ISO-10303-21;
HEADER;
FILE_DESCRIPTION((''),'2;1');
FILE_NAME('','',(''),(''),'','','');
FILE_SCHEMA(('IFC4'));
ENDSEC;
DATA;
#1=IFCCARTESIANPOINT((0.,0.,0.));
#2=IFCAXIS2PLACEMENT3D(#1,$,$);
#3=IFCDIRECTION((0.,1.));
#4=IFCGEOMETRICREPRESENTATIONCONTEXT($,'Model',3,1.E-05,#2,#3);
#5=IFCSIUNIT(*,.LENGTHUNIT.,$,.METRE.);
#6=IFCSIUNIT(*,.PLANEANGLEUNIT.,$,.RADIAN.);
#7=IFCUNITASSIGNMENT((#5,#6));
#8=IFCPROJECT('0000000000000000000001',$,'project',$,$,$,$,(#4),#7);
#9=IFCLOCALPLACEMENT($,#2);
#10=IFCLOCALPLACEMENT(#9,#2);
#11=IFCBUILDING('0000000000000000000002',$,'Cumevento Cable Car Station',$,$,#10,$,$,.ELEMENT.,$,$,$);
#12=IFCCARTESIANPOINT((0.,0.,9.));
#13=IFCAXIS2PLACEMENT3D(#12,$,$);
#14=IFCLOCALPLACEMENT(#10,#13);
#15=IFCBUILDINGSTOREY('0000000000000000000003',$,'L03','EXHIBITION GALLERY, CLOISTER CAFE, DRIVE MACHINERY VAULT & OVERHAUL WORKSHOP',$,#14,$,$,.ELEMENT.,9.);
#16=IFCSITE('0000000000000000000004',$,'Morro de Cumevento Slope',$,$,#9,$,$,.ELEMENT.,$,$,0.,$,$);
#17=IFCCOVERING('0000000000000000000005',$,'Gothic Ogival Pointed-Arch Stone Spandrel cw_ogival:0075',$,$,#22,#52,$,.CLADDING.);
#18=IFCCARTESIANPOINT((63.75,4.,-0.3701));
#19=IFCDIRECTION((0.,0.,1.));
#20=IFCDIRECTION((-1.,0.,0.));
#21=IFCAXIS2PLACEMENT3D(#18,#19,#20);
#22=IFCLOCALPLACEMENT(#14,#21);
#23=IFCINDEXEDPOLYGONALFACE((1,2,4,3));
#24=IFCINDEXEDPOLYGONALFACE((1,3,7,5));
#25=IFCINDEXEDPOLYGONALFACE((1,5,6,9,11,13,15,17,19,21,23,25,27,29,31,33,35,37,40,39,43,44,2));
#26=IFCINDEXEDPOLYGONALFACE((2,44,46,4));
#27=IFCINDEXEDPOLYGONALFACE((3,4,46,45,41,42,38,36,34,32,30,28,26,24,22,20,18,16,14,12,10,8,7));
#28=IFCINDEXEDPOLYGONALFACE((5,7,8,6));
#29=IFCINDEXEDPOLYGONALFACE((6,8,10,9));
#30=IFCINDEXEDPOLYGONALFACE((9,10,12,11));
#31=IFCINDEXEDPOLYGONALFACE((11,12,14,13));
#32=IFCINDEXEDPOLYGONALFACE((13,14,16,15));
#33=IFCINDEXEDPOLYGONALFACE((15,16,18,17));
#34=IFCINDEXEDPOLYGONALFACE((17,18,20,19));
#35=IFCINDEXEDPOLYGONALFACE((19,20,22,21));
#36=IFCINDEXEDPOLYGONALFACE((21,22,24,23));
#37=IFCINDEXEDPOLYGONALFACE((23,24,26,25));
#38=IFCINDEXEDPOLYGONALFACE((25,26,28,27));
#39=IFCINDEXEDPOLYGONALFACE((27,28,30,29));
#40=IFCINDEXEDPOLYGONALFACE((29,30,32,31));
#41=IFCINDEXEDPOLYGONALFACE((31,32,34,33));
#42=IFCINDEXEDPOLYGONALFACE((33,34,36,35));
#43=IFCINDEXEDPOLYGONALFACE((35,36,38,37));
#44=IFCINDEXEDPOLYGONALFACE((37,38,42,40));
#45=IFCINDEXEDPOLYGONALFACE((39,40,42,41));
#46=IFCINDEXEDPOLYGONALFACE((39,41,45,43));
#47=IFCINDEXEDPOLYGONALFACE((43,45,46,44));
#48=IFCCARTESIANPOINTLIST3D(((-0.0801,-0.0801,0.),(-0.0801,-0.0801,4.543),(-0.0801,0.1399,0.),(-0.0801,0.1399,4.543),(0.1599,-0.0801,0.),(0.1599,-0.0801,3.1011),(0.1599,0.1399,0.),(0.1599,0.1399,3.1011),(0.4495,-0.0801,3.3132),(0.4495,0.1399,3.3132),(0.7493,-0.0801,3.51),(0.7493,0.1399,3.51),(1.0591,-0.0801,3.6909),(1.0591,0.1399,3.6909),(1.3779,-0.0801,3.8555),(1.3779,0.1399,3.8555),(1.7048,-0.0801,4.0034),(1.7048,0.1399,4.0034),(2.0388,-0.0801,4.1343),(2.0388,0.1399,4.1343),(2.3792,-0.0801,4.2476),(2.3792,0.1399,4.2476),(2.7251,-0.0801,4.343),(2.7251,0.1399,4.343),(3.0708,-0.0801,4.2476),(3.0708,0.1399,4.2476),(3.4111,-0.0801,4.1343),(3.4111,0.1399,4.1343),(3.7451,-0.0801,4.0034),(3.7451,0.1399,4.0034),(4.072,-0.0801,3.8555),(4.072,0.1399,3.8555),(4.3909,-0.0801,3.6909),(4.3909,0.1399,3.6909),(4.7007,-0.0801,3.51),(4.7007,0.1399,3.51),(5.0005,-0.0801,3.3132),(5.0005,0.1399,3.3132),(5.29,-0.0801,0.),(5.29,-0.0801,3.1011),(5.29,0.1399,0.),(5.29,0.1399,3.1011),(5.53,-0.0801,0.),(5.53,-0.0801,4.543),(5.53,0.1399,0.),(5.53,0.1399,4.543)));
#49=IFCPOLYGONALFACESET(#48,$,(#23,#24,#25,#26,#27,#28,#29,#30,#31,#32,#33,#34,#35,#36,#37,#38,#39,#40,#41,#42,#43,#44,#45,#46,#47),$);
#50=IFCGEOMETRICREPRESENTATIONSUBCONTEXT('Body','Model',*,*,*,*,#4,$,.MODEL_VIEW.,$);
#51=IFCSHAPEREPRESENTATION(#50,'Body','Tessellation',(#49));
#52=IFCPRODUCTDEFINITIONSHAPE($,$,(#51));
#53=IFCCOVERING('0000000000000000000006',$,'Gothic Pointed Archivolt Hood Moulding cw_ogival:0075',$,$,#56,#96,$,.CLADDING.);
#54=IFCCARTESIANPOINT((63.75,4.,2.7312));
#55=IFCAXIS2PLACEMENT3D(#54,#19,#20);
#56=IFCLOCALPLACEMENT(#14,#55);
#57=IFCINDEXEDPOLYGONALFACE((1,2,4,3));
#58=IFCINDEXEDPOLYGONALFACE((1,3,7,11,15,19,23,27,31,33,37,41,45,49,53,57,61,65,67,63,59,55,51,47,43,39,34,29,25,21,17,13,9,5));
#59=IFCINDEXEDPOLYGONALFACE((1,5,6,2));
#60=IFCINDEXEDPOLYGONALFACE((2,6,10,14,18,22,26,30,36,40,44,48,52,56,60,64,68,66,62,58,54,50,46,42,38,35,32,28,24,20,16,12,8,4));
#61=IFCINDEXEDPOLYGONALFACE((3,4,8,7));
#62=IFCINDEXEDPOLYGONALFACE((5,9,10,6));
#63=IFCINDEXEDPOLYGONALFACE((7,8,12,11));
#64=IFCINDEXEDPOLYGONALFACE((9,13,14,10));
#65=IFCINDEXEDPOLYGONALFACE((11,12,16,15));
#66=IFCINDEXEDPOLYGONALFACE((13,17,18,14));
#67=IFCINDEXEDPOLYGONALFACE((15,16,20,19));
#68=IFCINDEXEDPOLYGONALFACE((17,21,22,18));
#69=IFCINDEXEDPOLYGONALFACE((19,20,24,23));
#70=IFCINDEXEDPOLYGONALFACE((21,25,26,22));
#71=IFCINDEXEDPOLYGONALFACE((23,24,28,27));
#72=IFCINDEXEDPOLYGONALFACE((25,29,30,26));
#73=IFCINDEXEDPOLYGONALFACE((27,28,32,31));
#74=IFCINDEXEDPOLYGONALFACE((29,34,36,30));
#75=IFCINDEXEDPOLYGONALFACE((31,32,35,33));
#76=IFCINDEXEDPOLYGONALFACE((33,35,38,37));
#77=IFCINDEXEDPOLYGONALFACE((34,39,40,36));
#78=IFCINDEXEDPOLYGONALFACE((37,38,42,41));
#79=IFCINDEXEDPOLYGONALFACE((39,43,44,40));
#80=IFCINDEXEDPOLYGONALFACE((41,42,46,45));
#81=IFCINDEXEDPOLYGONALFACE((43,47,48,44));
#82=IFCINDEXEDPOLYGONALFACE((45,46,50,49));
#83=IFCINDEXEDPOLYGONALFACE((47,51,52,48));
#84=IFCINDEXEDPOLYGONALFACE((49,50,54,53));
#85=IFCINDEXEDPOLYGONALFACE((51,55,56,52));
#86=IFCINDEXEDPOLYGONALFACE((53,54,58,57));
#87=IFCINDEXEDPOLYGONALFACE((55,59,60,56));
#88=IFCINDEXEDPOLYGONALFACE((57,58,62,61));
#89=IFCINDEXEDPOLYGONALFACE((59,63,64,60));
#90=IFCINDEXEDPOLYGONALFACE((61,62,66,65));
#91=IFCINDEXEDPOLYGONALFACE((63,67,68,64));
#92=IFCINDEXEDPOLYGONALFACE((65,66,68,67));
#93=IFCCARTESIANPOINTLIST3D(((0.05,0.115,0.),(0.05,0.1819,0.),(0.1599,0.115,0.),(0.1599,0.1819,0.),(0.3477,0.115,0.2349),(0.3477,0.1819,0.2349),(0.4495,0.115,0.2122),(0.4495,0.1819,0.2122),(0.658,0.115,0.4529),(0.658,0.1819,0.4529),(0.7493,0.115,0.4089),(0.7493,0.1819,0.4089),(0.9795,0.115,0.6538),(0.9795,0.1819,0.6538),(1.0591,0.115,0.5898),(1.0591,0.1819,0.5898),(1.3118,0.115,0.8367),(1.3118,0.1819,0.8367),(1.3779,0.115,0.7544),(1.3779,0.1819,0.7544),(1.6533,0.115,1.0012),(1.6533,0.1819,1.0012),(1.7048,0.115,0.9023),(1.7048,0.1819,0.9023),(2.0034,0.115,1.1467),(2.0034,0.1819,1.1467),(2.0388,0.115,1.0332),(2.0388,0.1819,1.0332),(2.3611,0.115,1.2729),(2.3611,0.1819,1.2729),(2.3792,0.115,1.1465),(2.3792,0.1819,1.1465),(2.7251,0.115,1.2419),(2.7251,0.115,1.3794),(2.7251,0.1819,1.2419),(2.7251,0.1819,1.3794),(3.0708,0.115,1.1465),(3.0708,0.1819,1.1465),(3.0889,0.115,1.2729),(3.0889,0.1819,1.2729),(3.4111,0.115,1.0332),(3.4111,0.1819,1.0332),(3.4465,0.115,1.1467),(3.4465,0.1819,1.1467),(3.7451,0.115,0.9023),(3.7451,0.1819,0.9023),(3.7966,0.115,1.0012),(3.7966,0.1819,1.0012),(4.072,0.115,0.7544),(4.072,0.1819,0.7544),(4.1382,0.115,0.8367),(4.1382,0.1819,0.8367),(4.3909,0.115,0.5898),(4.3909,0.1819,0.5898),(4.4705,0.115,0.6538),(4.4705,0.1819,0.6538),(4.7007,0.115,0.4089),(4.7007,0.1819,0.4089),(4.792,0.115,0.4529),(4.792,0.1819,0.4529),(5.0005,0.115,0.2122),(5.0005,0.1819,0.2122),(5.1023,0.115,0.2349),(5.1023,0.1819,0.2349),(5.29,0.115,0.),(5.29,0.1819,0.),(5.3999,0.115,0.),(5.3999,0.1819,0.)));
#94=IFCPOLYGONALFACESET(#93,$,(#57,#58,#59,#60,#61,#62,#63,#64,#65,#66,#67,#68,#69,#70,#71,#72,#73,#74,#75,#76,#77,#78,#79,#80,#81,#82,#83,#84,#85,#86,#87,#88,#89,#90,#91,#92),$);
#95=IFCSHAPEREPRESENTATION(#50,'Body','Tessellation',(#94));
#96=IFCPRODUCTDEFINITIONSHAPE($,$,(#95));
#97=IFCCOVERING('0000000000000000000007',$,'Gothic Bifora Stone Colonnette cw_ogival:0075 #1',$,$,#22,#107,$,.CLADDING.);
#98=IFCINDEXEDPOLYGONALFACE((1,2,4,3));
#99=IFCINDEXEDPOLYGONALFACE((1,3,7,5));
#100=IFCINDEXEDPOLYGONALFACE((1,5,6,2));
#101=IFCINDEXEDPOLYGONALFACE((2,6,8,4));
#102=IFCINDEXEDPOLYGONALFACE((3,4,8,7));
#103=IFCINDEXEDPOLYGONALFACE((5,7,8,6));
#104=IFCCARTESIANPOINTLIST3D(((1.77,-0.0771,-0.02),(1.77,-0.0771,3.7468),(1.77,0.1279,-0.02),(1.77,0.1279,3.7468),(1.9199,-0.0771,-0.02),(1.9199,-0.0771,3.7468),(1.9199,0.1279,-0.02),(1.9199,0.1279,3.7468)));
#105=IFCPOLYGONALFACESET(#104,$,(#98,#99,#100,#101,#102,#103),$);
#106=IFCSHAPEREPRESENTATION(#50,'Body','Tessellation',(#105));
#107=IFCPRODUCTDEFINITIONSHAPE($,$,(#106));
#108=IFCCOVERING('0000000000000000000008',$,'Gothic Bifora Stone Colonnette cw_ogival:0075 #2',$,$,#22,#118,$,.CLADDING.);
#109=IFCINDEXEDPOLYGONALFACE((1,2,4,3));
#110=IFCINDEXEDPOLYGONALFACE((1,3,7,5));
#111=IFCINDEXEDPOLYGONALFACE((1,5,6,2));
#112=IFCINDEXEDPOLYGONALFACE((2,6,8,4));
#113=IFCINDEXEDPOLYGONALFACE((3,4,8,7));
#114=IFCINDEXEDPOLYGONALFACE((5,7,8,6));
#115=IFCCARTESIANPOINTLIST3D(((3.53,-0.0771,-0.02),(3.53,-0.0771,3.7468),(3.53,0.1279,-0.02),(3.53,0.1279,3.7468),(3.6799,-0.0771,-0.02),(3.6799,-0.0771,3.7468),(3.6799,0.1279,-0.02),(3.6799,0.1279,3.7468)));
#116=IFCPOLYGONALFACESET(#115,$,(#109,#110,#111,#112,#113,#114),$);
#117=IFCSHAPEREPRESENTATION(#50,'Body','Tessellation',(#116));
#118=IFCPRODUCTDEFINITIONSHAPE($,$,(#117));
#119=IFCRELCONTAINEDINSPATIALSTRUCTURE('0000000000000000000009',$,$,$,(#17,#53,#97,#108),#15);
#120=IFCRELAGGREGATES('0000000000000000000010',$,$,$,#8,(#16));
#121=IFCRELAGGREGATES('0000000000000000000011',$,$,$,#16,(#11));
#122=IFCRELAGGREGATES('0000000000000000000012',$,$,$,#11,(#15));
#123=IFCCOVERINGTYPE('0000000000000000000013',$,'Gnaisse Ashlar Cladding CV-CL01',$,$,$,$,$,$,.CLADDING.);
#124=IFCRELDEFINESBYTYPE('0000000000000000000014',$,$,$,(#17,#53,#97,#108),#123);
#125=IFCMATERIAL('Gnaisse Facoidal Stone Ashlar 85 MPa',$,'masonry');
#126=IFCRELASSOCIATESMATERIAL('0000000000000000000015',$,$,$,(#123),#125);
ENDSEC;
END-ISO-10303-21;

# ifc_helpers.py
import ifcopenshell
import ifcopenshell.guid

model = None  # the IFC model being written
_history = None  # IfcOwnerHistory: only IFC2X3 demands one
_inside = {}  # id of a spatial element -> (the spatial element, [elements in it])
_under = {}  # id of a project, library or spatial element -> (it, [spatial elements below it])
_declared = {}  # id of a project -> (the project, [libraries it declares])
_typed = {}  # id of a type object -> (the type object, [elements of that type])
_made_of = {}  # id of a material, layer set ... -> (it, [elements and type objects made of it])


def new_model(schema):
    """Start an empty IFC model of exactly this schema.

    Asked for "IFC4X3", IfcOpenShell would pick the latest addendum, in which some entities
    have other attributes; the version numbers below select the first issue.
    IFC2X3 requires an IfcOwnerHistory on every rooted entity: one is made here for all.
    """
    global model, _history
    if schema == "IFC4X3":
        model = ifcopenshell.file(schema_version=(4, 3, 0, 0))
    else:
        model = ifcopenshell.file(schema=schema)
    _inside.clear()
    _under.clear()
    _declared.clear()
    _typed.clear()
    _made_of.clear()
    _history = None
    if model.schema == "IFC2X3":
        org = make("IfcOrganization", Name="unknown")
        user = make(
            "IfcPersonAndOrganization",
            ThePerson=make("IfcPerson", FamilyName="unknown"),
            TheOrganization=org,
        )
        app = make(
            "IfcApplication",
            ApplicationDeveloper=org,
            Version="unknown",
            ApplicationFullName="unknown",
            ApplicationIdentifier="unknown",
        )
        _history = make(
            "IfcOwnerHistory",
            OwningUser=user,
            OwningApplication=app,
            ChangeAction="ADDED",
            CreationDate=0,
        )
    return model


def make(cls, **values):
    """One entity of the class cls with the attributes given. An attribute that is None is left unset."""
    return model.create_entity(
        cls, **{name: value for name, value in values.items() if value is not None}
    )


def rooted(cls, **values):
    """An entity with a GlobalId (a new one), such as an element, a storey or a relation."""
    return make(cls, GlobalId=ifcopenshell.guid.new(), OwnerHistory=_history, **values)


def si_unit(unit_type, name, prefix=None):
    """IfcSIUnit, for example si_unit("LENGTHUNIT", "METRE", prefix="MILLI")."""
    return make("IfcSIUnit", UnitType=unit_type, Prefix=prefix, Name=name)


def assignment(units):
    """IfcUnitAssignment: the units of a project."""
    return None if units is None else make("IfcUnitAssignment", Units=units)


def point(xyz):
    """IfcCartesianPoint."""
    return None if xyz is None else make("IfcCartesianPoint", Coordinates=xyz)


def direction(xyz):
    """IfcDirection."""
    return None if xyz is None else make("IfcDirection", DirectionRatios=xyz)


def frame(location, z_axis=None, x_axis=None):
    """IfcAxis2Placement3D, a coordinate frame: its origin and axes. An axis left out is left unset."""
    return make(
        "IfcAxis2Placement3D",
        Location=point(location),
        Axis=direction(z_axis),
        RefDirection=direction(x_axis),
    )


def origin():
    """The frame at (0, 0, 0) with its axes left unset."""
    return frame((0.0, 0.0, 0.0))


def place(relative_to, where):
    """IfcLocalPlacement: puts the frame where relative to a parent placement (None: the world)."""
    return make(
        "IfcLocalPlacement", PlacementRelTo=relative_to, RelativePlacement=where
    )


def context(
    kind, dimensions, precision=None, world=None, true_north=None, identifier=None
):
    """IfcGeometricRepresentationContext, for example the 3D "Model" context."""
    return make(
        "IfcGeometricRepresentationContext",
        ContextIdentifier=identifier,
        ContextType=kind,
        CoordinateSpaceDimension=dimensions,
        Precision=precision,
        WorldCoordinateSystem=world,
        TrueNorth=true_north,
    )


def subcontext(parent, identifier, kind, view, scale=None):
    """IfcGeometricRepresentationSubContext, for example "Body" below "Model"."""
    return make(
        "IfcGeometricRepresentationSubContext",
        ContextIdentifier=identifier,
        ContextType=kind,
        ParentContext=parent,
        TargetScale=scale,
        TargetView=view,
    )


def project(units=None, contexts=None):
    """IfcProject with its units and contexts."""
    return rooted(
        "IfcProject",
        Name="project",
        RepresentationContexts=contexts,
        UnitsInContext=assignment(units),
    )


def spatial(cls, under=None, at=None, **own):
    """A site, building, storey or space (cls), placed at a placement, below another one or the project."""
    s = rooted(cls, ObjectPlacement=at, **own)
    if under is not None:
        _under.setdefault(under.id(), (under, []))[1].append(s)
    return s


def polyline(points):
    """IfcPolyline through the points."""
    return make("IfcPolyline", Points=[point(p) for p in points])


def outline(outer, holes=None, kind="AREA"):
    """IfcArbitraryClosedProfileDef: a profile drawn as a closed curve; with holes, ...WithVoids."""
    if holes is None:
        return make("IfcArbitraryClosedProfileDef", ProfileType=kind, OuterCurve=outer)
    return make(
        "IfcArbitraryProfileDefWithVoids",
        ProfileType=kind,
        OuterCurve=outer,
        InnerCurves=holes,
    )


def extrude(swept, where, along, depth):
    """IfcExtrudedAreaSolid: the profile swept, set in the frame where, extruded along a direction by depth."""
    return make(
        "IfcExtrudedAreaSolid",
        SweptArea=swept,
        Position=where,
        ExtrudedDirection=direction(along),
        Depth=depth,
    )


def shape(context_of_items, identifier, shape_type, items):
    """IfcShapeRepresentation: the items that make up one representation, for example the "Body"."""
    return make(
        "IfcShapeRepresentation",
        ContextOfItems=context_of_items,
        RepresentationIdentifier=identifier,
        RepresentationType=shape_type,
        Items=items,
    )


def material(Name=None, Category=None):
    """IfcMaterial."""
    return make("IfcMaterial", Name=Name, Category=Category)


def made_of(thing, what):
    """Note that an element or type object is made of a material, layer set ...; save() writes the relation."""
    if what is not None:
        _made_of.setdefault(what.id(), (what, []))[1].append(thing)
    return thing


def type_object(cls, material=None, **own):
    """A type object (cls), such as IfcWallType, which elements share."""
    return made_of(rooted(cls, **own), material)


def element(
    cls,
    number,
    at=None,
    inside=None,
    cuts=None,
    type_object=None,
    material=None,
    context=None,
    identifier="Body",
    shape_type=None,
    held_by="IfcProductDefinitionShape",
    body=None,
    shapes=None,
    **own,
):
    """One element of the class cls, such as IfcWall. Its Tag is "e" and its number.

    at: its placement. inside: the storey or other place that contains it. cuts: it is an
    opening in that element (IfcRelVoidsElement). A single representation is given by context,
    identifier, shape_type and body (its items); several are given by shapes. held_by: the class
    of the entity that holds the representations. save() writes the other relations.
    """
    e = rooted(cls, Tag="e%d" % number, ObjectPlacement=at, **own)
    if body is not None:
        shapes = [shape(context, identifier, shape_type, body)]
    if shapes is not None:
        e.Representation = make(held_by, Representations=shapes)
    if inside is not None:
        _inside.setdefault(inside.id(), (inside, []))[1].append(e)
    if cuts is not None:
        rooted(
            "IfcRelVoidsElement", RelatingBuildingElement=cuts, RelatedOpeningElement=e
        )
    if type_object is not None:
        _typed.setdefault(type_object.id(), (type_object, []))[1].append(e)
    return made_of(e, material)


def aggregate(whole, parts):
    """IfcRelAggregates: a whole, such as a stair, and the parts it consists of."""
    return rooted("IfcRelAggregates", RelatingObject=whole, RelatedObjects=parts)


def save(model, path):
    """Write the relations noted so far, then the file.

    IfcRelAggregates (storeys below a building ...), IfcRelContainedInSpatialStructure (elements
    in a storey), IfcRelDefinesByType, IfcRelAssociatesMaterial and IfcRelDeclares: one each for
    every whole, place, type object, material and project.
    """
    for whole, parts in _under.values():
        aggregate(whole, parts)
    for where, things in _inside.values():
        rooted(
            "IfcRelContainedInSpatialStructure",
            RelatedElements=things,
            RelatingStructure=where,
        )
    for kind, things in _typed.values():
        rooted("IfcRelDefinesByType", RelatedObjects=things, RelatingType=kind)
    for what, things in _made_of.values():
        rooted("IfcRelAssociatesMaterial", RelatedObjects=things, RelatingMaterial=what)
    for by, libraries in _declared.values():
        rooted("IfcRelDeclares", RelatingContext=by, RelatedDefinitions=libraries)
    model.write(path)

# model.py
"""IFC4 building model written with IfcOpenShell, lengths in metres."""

from ifc_helpers import new_model, si_unit, direction, frame, origin, place, context, subcontext, project, spatial, polyline, outline, extrude, material, type_object, element, save


model = new_model("IFC4")

# Units and contexts
model_context = context("Model", 3, precision=1e-05, world=origin(), true_north=direction((0.0, 1.0)))
body_context = subcontext(model_context, "Body", "Model", "MODEL_VIEW")
ifc_project = project(units=[si_unit("LENGTHUNIT", "METRE"), si_unit("PLANEANGLEUNIT", "RADIAN")], contexts=[model_context])

# Site, building, storey
site_placement = place(None, origin())
site = spatial("IfcSite", under=ifc_project, at=site_placement, Name="Morro de Cumevento Slope", CompositionType="ELEMENT", RefElevation=0.0)
building_placement = place(site_placement, origin())
building = spatial("IfcBuilding", under=site, at=building_placement, Name="Cumevento Cable Car Station", CompositionType="ELEMENT")
storey_placement = place(building_placement, frame((0.0, 0.0, 9.0)))
storey = spatial("IfcBuildingStorey", under=building, at=storey_placement, Name="L03", Description="EXHIBITION GALLERY, CLOISTER CAFE, DRIVE MACHINERY VAULT & OVERHAUL WORKSHOP", CompositionType="ELEMENT", Elevation=9.0)

# Coverings
ifc_material_1 = material(Name="Gnaisse Facoidal Stone Ashlar 85 MPa", Category="masonry")
covering_type = type_object("IfcCoveringType", Name="Gnaisse Ashlar Cladding CV-CL01", PredefinedType="CLADDING", material=ifc_material_1)
placement = place(storey_placement, frame((63.75, 4.0, -0.3701), z_axis=(0.0, 0.0, 1.0), x_axis=(-1.0, 0.0, 0.0)))
element("IfcCovering", 1, at=placement, inside=storey, type_object=covering_type, Name="Gothic Ogival Pointed-Arch Stone Spandrel cw_ogival:0075", PredefinedType="CLADDING", context=body_context, shape_type="SweptSolid", body=[
    extrude(outline(polyline([(-0.0801, 0.0), (-0.0801, 4.543), (5.53, 4.543), (5.53, 0.0), (5.29, 0.0), (5.29, 3.1011), (5.0005, 3.3132), (4.7007, 3.51), (4.3909, 3.6909), (4.072, 3.8555), (3.7451, 4.0034), (3.4111, 4.1343), (3.0708, 4.2476), (2.7251, 4.343), (2.3792, 4.2476), (2.0388, 4.1343), (1.7048, 4.0034), (1.3779, 3.8555), (1.0591, 3.6909), (0.7493, 3.51), (0.4495, 3.3132), (0.1599, 3.1011), (0.1599, 0.0), (-0.0801, 0.0)])), frame((0.0, 0.1399, 0.0), z_axis=(0.0, -1.0, 0.0), x_axis=(1.0, 0.0, 0.0)), (0.0, 0.0, 1.0), 0.22),
])
covering_1_placement = place(storey_placement, frame((63.75, 4.0, 2.7312), z_axis=(0.0, 0.0, 1.0), x_axis=(-1.0, 0.0, 0.0)))
element("IfcCovering", 2, at=covering_1_placement, inside=storey, type_object=covering_type, Name="Gothic Pointed Archivolt Hood Moulding cw_ogival:0075", PredefinedType="CLADDING", context=body_context, shape_type="SweptSolid", body=[
    extrude(outline(polyline([(0.1599, 0.0), (0.4495, 0.2122), (0.7493, 0.4089), (1.0591, 0.5898), (1.3779, 0.7544), (1.7048, 0.9023), (2.0388, 1.0332), (2.3792, 1.1465), (2.7251, 1.2419), (3.0708, 1.1465), (3.4111, 1.0332), (3.7451, 0.9023), (4.072, 0.7544), (4.3909, 0.5898), (4.7007, 0.4089), (5.0005, 0.2122), (5.29, 0.0), (5.3999, 0.0), (5.1023, 0.2349), (4.792, 0.4529), (4.4705, 0.6538), (4.1382, 0.8367), (3.7966, 1.0012), (3.4465, 1.1467), (3.0889, 1.2729), (2.7251, 1.3794), (2.3611, 1.2729), (2.0034, 1.1467), (1.6533, 1.0012), (1.3118, 0.8367), (0.9795, 0.6538), (0.658, 0.4529), (0.3477, 0.2349), (0.05, 0.0), (0.1599, 0.0)])), frame((0.0, 0.1819, 0.0), z_axis=(0.0, -1.0, 0.0), x_axis=(1.0, 0.0, 0.0)), (0.0, 0.0, 1.0), 0.0669),
])
element("IfcCovering", 3, at=placement, inside=storey, type_object=covering_type, Name="Gothic Bifora Stone Colonnette cw_ogival:0075 #1", PredefinedType="CLADDING", context=body_context, shape_type="SweptSolid", body=[
    extrude(outline(polyline([(1.77, -0.02), (1.9199, -0.02), (1.9199, 3.7468), (1.77, 3.7468), (1.77, -0.02)])), frame((0.0, 0.1279, 0.0), z_axis=(0.0, -1.0, 0.0), x_axis=(1.0, 0.0, 0.0)), (0.0, 0.0, 1.0), 0.2051),
])
element("IfcCovering", 4, at=placement, inside=storey, type_object=covering_type, Name="Gothic Bifora Stone Colonnette cw_ogival:0075 #2", PredefinedType="CLADDING", context=body_context, shape_type="SweptSolid", body=[
    extrude(outline(polyline([(3.53, -0.02), (3.6799, -0.02), (3.6799, 3.7468), (3.53, 3.7468), (3.53, -0.02)])), frame((0.0, 0.1279, 0.0), z_axis=(0.0, -1.0, 0.0), x_axis=(1.0, 0.0, 0.0)), (0.0, 0.0, 1.0), 0.2051),
])

save(model, "model.ifc")
